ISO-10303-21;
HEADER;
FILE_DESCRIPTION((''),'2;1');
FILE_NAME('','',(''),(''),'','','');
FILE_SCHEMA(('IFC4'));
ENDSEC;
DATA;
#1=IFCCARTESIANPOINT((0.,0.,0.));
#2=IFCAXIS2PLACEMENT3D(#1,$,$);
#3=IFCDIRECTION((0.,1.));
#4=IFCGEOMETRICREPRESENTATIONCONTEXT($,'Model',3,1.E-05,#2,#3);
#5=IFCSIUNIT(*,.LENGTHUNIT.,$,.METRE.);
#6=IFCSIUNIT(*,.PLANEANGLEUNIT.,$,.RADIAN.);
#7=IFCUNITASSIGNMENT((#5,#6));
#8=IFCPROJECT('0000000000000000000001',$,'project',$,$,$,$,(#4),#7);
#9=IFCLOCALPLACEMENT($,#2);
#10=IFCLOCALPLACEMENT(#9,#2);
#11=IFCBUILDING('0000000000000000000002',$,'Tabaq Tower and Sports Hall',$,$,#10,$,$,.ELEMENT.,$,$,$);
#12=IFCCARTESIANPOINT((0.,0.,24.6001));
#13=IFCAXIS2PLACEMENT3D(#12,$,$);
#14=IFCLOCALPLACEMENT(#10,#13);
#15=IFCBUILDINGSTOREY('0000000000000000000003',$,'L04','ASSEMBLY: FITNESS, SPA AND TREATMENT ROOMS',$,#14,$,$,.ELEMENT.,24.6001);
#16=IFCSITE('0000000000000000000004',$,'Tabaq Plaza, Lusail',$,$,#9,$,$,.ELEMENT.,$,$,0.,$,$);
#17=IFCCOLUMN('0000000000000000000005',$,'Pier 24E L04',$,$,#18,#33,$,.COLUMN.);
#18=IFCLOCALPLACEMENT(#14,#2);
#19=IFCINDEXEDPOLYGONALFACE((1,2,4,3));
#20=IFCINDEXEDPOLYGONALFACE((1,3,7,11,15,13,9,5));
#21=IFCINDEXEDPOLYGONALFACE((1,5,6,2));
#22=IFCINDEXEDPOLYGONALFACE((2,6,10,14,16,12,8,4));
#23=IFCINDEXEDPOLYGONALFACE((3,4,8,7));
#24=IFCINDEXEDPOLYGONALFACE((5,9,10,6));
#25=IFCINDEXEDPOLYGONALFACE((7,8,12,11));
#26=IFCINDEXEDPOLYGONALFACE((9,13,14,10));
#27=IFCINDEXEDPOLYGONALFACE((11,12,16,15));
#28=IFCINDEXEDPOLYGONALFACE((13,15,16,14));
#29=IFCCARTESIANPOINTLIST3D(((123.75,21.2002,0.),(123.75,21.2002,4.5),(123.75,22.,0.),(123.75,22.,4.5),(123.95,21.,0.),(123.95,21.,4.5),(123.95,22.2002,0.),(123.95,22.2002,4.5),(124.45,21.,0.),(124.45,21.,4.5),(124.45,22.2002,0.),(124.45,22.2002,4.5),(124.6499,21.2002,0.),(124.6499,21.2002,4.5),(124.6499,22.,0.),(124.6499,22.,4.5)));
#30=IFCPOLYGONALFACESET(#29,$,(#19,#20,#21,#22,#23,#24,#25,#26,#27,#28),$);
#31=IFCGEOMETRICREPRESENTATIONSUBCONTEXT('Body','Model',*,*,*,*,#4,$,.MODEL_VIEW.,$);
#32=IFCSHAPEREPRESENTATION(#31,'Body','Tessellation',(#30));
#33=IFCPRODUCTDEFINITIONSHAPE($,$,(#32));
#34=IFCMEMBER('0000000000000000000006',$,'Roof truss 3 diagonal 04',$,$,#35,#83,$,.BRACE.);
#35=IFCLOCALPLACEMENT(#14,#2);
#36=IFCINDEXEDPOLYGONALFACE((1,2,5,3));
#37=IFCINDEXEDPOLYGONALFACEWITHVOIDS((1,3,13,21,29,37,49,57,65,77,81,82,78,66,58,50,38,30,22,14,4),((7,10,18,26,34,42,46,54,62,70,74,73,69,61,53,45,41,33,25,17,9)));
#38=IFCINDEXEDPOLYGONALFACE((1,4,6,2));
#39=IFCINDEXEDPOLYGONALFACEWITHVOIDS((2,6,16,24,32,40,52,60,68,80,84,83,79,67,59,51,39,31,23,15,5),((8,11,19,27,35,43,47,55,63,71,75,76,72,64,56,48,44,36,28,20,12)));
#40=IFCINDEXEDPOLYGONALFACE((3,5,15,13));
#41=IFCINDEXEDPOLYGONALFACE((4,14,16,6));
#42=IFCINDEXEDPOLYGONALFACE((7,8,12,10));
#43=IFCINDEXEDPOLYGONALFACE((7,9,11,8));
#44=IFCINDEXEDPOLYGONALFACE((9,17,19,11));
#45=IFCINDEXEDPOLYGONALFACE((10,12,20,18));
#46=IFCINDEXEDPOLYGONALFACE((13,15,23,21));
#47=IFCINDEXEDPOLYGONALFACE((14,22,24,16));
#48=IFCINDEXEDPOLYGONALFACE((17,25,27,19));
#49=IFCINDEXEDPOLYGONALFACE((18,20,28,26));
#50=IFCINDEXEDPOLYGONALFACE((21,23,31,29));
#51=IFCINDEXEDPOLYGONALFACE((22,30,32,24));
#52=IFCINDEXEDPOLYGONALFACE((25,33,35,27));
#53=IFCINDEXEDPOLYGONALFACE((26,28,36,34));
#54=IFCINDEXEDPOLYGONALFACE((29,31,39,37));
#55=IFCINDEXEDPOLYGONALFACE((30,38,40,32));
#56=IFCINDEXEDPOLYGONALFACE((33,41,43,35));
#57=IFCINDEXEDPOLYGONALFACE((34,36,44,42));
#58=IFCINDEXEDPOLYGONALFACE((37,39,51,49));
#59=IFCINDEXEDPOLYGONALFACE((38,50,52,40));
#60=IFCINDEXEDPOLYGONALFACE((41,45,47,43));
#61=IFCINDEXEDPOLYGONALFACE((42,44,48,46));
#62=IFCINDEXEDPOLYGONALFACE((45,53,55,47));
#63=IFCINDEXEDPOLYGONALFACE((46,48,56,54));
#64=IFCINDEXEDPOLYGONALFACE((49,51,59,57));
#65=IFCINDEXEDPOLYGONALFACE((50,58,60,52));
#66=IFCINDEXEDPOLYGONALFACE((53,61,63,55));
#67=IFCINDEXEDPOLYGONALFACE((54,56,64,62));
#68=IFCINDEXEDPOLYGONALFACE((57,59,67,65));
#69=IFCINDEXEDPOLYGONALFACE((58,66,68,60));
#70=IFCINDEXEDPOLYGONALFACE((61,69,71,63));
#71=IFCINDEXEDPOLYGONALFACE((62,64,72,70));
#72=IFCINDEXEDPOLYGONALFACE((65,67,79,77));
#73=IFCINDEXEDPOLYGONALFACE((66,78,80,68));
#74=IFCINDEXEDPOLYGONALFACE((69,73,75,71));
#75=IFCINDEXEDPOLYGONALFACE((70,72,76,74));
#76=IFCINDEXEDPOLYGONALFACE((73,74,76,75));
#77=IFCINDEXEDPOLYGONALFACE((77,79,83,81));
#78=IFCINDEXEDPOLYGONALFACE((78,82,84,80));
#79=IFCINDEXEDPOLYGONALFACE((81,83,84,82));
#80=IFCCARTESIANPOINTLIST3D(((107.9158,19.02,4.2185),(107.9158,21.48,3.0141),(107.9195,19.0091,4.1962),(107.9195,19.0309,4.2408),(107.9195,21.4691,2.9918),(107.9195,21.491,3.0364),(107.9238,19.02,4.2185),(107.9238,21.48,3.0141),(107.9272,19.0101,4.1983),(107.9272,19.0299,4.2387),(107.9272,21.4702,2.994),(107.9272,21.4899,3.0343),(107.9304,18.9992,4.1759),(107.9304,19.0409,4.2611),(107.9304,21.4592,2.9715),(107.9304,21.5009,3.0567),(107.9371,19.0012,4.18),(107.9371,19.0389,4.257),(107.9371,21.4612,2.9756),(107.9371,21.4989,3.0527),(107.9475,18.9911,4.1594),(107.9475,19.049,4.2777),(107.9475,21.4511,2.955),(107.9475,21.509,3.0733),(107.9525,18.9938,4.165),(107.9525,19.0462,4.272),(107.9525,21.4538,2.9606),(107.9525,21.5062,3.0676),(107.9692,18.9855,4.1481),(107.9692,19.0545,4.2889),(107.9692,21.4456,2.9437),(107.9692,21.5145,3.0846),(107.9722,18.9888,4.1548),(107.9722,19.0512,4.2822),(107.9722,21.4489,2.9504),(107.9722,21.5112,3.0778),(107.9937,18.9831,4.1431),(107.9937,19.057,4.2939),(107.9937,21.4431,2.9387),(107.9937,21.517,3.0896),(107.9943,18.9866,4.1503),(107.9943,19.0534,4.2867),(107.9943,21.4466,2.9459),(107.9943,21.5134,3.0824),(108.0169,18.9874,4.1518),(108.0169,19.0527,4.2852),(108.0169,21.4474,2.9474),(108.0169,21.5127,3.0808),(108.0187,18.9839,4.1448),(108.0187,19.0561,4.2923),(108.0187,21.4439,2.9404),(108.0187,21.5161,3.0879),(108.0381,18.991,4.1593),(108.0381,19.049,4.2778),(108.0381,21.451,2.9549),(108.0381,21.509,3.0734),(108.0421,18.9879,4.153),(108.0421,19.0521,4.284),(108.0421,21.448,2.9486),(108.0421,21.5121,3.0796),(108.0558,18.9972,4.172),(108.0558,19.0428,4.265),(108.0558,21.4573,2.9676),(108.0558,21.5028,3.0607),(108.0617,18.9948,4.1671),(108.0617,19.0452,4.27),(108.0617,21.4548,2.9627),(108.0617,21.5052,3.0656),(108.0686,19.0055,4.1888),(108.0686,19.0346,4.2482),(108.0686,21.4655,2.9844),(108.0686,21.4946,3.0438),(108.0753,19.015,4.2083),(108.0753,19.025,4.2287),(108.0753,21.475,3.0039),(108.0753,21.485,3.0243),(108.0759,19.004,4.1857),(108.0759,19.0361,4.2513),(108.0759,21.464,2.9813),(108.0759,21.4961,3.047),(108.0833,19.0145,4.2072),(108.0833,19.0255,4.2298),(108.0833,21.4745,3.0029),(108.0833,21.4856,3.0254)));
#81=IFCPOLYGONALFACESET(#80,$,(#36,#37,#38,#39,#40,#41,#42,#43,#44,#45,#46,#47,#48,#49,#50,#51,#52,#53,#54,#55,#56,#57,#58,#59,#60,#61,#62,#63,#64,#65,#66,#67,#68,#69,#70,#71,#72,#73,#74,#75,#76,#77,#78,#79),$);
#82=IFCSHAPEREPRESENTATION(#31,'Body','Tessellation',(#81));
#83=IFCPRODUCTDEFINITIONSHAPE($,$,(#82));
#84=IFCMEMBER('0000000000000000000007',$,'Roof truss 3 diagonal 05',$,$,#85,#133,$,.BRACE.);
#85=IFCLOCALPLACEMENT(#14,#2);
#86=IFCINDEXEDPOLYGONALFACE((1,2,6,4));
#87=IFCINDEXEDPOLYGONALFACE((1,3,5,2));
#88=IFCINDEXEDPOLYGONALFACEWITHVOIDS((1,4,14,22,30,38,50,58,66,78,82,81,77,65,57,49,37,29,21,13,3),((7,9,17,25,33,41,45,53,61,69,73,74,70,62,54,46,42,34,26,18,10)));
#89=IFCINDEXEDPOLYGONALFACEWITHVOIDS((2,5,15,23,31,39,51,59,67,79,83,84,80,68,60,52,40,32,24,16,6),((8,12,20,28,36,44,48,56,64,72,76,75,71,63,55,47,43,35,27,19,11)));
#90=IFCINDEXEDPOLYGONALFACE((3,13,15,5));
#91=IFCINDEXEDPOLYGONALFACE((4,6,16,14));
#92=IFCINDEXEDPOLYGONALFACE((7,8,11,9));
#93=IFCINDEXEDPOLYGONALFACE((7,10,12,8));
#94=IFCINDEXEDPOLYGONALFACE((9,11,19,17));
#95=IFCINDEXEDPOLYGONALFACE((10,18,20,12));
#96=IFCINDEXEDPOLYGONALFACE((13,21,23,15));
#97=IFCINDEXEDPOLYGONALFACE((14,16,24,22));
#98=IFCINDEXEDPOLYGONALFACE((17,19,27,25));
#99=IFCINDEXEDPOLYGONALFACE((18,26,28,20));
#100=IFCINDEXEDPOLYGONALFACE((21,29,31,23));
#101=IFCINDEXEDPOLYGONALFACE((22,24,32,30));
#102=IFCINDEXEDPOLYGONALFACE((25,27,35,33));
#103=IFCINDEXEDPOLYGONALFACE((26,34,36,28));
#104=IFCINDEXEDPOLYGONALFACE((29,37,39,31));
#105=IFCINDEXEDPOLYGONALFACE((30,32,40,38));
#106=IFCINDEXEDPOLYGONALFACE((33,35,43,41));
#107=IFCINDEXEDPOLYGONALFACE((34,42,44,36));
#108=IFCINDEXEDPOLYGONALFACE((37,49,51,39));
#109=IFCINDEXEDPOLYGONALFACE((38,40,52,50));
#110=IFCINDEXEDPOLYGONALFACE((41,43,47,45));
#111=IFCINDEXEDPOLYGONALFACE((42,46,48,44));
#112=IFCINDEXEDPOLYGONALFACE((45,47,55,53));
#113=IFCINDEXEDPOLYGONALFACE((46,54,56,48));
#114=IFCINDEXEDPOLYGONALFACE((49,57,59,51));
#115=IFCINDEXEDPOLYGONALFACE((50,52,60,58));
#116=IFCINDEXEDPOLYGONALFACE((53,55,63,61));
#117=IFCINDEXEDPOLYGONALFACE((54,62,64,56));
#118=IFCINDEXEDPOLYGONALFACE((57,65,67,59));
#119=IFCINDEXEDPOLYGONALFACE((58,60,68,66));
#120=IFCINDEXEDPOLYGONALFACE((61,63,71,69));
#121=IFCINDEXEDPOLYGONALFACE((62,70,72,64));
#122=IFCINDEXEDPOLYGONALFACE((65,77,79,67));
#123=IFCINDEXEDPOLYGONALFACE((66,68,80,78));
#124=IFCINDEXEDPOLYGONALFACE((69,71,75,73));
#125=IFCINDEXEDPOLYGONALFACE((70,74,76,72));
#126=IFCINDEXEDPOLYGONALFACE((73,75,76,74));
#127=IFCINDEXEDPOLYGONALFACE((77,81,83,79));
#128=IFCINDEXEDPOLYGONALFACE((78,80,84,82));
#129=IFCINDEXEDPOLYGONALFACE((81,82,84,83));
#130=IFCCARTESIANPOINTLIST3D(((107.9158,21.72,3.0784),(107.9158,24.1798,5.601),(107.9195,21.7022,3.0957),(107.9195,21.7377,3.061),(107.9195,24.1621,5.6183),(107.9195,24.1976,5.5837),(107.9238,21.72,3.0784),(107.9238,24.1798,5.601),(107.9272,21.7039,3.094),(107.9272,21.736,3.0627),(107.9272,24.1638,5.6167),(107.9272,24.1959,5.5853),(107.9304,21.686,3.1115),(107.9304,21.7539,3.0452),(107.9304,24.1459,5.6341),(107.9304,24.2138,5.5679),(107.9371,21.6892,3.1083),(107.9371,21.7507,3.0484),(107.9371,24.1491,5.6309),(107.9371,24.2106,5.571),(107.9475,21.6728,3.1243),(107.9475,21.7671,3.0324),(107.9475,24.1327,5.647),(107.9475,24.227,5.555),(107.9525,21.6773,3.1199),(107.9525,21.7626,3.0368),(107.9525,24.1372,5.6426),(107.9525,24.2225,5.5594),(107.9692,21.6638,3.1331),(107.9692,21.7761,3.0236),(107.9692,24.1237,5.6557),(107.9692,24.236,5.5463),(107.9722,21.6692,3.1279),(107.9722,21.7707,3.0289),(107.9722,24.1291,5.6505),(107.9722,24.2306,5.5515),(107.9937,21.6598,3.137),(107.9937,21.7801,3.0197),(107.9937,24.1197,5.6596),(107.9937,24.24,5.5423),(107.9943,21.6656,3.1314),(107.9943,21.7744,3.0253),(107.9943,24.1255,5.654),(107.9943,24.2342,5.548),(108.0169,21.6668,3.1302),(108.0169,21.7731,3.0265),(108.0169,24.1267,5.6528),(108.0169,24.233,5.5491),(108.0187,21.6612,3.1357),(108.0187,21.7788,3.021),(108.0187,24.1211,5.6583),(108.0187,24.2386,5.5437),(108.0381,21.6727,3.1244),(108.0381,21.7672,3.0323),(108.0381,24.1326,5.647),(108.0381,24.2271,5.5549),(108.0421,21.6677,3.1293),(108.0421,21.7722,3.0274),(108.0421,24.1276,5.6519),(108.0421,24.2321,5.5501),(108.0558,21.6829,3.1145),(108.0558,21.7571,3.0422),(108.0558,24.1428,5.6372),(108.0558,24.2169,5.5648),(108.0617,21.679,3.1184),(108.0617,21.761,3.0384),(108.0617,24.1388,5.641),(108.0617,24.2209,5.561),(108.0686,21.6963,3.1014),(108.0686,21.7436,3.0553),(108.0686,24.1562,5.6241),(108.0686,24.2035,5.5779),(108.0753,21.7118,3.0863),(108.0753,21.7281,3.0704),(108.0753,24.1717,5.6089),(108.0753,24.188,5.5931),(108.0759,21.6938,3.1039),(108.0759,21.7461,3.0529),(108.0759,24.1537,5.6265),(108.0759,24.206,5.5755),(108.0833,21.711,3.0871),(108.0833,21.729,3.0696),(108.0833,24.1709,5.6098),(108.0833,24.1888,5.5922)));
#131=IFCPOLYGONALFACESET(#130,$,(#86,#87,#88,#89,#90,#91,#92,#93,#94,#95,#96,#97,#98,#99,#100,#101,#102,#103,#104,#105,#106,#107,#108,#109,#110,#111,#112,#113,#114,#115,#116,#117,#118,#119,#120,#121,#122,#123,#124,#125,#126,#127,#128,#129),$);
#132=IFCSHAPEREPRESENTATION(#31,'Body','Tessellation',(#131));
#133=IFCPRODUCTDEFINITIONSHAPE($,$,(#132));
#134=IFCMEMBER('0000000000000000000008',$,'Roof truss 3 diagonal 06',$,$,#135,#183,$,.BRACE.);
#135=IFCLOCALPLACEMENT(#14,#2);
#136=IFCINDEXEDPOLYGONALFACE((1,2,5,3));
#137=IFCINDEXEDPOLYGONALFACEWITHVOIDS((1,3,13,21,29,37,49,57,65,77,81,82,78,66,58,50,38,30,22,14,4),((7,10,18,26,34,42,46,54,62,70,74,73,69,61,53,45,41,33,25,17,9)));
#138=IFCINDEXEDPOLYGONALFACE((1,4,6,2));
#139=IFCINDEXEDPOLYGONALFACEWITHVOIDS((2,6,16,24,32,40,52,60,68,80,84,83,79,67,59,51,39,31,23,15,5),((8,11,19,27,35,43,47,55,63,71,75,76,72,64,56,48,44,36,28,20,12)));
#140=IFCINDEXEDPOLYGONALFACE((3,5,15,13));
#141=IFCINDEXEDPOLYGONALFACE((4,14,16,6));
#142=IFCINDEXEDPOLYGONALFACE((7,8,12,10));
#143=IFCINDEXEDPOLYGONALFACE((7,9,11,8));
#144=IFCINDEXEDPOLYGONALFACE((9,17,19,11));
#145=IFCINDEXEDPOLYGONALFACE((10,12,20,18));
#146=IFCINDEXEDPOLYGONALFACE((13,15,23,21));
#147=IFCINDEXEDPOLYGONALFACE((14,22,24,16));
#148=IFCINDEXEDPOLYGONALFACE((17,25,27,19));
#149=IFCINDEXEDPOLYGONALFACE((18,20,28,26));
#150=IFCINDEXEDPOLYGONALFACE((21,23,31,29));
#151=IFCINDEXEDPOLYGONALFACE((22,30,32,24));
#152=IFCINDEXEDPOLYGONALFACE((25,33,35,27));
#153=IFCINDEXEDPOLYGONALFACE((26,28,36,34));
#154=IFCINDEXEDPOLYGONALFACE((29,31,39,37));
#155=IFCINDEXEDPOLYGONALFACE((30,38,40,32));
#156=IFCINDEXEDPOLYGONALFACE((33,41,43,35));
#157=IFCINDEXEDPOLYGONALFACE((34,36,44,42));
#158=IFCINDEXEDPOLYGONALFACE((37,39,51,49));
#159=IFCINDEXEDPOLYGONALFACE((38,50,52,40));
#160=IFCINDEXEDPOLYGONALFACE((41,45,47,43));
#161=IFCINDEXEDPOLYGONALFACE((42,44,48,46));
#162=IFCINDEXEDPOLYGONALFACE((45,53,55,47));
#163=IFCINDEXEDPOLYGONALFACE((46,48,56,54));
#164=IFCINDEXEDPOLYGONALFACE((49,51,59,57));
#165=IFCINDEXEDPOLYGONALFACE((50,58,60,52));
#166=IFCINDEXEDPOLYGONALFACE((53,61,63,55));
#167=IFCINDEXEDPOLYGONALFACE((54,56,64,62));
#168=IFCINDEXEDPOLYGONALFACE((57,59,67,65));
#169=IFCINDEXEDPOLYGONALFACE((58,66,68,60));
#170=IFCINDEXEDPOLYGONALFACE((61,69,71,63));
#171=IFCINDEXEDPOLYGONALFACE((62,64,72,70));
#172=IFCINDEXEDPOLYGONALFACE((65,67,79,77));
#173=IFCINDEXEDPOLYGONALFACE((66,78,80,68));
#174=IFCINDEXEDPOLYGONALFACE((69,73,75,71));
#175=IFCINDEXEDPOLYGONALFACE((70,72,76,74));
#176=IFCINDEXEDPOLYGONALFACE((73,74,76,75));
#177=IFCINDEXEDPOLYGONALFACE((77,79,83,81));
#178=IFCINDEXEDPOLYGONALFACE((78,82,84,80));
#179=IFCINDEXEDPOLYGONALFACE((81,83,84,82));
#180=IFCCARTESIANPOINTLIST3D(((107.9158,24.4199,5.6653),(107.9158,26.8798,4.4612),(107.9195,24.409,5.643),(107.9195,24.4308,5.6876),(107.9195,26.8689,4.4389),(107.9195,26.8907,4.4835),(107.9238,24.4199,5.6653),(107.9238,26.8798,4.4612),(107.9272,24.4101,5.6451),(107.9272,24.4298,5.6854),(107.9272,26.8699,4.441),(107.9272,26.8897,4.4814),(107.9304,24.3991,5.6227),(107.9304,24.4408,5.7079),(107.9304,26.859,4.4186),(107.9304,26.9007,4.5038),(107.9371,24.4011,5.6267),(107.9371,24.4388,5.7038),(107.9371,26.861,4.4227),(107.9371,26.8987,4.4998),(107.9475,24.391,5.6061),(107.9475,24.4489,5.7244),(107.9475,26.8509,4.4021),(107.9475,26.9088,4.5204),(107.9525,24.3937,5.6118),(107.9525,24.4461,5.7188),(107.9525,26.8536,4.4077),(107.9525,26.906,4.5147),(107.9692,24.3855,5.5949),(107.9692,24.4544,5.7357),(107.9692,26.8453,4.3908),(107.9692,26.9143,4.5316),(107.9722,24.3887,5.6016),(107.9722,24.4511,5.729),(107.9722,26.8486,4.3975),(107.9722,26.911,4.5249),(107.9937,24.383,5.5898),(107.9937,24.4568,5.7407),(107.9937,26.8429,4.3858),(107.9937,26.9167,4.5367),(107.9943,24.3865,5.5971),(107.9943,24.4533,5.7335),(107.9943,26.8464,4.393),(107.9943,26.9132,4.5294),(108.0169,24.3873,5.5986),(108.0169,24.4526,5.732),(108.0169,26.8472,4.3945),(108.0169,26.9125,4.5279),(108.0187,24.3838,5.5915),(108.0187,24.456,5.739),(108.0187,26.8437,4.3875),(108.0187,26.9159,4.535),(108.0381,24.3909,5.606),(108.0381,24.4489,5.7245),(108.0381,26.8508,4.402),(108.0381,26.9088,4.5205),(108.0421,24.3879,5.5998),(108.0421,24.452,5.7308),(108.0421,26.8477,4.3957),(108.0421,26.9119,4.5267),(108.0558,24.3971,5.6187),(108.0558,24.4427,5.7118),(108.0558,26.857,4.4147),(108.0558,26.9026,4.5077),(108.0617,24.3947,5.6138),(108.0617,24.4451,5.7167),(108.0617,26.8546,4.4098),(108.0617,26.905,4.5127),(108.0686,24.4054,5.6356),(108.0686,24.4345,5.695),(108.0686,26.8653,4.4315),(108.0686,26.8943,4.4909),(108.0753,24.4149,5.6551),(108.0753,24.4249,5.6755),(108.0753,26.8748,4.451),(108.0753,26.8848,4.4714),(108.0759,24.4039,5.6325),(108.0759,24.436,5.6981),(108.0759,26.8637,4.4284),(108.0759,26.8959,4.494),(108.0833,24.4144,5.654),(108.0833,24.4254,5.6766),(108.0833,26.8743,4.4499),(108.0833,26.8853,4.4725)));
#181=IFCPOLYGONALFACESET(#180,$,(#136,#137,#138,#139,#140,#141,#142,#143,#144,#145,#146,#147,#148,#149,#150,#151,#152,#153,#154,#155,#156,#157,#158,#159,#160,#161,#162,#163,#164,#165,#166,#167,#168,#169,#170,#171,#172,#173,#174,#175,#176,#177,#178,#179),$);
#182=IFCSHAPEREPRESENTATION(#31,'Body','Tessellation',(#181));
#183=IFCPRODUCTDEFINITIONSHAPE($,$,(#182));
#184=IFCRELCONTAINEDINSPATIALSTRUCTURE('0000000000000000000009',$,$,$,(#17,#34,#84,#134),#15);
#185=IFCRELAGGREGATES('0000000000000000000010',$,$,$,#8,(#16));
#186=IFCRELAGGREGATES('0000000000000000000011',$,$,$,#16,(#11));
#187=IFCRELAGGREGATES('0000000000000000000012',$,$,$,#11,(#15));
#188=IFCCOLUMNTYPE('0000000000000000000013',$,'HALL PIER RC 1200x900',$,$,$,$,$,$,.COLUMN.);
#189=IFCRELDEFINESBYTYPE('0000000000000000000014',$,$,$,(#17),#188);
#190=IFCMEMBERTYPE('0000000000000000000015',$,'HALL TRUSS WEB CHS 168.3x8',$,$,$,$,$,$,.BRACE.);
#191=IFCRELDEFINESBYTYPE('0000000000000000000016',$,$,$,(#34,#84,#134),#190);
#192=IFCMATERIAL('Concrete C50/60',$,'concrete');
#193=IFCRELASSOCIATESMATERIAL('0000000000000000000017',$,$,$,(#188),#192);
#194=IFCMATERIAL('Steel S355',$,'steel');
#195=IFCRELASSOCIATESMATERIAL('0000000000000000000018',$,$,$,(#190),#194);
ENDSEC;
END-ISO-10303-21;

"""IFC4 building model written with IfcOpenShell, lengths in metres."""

from ifc_helpers import new_model, si_unit, direction, frame, origin, origin_2d, place, context, subcontext, project, spatial, polyline, hollow_circle, outline, extrude, material, material_profile, profile_set, type_object, element, save


model = new_model("IFC4")

# Units and contexts
model_context = context("Model", 3, precision=1e-05, world=origin(), true_north=direction((0.0, 1.0)))
body_context = subcontext(model_context, "Body", "Model", "MODEL_VIEW")
ifc_project = project(units=[si_unit("LENGTHUNIT", "METRE"), si_unit("PLANEANGLEUNIT", "RADIAN")], contexts=[model_context])

# Site, building, storey
site_placement = place(None, origin())
site = spatial("IfcSite", under=ifc_project, at=site_placement, Name="Tabaq Plaza, Lusail", CompositionType="ELEMENT", RefElevation=0.0)
building_placement = place(site_placement, origin())
building = spatial("IfcBuilding", under=site, at=building_placement, Name="Tabaq Tower and Sports Hall", CompositionType="ELEMENT")
storey_placement = place(building_placement, frame((0.0, 0.0, 24.6001)))
storey = spatial("IfcBuildingStorey", under=building, at=storey_placement, Name="L04", Description="ASSEMBLY: FITNESS, SPA AND TREATMENT ROOMS", CompositionType="ELEMENT", Elevation=24.6001)

# Column
ifc_material_1 = material(Name="Concrete C50/60", Category="concrete")
ifc_material_profile_1 = material_profile(ifc_material_1, outline(polyline([(-0.3999, -0.45), (0.3999, -0.45), (0.6001, -0.25), (0.6001, 0.25), (0.3999, 0.45), (-0.3999, 0.45), (-0.6001, 0.25), (-0.6001, -0.25), (-0.3999, -0.45)])), Name="PIER 1200x900")
ifc_profile_set_1 = profile_set([ifc_material_profile_1], Name="Concrete C50/60")
column_type = type_object("IfcColumnType", Name="HALL PIER RC 1200x900", PredefinedType="COLUMN", material=ifc_profile_set_1)
column_placement = place(storey_placement, frame((124.2, 21.6001, 0.0), z_axis=(0.0, 0.0, 1.0), x_axis=(0.0, 1.0, 0.0)))
element("IfcColumn", 1, at=column_placement, inside=storey, type_object=column_type, Name="Pier 24E L04", PredefinedType="COLUMN", context=body_context, shape_type="SweptSolid", body=[
    extrude(outline(polyline([(-0.3999, -0.45), (0.3999, -0.45), (0.6001, -0.25), (0.6001, 0.25), (0.3999, 0.45), (-0.3999, 0.45), (-0.6001, 0.25), (-0.6001, -0.25), (-0.3999, -0.45)])), origin(), (0.0, 0.0, 1.0), 4.5),
])

# Members
ifc_material_2 = material(Name="Steel S355", Category="steel")
ifc_material_profile_2 = material_profile(ifc_material_2, hollow_circle(Radius=0.0842, WallThickness=0.0081, at=origin_2d()), Name="CHS 168.3x8")
ifc_profile_set_2 = profile_set([ifc_material_profile_2], Name="Steel S355")
member_type = type_object("IfcMemberType", Name="HALL TRUSS WEB CHS 168.3x8", PredefinedType="BRACE", material=ifc_profile_set_2)
member_1_placement = place(storey_placement, frame((108.0, 19.02, 4.2185), z_axis=(0.0, 0.89814, -0.43971), x_axis=(-1.0, 0.0, 0.0)))
element("IfcMember", 2, at=member_1_placement, inside=storey, type_object=member_type, Name="Roof truss 3 diagonal 04", PredefinedType="BRACE", context=body_context, shape_type="SweptSolid", body=[
    extrude(hollow_circle(Radius=0.0842, WallThickness=0.0081, at=origin_2d()), origin(), (0.0, 0.0, 1.0), 2.739),
])
member_2_placement = place(storey_placement, frame((108.0, 21.72, 3.0784), z_axis=(0.0, 0.698147, 0.715954), x_axis=(-1.0, 0.0, 0.0)))
element("IfcMember", 3, at=member_2_placement, inside=storey, type_object=member_type, Name="Roof truss 3 diagonal 05", PredefinedType="BRACE", context=body_context, shape_type="SweptSolid", body=[
    extrude(hollow_circle(Radius=0.0842, WallThickness=0.0081, at=origin_2d()), origin(), (0.0, 0.0, 1.0), 3.5234),
])
member_3_placement = place(storey_placement, frame((108.0, 24.4199, 5.6653), z_axis=(0.0, 0.898175, -0.439639), x_axis=(-1.0, 0.0, 0.0)))
element("IfcMember", 4, at=member_3_placement, inside=storey, type_object=member_type, Name="Roof truss 3 diagonal 06", PredefinedType="BRACE", context=body_context, shape_type="SweptSolid", body=[
    extrude(hollow_circle(Radius=0.0842, WallThickness=0.0081, at=origin_2d()), origin(), (0.0, 0.0, 1.0), 2.7388),
])

save(model, "model.ifc")
